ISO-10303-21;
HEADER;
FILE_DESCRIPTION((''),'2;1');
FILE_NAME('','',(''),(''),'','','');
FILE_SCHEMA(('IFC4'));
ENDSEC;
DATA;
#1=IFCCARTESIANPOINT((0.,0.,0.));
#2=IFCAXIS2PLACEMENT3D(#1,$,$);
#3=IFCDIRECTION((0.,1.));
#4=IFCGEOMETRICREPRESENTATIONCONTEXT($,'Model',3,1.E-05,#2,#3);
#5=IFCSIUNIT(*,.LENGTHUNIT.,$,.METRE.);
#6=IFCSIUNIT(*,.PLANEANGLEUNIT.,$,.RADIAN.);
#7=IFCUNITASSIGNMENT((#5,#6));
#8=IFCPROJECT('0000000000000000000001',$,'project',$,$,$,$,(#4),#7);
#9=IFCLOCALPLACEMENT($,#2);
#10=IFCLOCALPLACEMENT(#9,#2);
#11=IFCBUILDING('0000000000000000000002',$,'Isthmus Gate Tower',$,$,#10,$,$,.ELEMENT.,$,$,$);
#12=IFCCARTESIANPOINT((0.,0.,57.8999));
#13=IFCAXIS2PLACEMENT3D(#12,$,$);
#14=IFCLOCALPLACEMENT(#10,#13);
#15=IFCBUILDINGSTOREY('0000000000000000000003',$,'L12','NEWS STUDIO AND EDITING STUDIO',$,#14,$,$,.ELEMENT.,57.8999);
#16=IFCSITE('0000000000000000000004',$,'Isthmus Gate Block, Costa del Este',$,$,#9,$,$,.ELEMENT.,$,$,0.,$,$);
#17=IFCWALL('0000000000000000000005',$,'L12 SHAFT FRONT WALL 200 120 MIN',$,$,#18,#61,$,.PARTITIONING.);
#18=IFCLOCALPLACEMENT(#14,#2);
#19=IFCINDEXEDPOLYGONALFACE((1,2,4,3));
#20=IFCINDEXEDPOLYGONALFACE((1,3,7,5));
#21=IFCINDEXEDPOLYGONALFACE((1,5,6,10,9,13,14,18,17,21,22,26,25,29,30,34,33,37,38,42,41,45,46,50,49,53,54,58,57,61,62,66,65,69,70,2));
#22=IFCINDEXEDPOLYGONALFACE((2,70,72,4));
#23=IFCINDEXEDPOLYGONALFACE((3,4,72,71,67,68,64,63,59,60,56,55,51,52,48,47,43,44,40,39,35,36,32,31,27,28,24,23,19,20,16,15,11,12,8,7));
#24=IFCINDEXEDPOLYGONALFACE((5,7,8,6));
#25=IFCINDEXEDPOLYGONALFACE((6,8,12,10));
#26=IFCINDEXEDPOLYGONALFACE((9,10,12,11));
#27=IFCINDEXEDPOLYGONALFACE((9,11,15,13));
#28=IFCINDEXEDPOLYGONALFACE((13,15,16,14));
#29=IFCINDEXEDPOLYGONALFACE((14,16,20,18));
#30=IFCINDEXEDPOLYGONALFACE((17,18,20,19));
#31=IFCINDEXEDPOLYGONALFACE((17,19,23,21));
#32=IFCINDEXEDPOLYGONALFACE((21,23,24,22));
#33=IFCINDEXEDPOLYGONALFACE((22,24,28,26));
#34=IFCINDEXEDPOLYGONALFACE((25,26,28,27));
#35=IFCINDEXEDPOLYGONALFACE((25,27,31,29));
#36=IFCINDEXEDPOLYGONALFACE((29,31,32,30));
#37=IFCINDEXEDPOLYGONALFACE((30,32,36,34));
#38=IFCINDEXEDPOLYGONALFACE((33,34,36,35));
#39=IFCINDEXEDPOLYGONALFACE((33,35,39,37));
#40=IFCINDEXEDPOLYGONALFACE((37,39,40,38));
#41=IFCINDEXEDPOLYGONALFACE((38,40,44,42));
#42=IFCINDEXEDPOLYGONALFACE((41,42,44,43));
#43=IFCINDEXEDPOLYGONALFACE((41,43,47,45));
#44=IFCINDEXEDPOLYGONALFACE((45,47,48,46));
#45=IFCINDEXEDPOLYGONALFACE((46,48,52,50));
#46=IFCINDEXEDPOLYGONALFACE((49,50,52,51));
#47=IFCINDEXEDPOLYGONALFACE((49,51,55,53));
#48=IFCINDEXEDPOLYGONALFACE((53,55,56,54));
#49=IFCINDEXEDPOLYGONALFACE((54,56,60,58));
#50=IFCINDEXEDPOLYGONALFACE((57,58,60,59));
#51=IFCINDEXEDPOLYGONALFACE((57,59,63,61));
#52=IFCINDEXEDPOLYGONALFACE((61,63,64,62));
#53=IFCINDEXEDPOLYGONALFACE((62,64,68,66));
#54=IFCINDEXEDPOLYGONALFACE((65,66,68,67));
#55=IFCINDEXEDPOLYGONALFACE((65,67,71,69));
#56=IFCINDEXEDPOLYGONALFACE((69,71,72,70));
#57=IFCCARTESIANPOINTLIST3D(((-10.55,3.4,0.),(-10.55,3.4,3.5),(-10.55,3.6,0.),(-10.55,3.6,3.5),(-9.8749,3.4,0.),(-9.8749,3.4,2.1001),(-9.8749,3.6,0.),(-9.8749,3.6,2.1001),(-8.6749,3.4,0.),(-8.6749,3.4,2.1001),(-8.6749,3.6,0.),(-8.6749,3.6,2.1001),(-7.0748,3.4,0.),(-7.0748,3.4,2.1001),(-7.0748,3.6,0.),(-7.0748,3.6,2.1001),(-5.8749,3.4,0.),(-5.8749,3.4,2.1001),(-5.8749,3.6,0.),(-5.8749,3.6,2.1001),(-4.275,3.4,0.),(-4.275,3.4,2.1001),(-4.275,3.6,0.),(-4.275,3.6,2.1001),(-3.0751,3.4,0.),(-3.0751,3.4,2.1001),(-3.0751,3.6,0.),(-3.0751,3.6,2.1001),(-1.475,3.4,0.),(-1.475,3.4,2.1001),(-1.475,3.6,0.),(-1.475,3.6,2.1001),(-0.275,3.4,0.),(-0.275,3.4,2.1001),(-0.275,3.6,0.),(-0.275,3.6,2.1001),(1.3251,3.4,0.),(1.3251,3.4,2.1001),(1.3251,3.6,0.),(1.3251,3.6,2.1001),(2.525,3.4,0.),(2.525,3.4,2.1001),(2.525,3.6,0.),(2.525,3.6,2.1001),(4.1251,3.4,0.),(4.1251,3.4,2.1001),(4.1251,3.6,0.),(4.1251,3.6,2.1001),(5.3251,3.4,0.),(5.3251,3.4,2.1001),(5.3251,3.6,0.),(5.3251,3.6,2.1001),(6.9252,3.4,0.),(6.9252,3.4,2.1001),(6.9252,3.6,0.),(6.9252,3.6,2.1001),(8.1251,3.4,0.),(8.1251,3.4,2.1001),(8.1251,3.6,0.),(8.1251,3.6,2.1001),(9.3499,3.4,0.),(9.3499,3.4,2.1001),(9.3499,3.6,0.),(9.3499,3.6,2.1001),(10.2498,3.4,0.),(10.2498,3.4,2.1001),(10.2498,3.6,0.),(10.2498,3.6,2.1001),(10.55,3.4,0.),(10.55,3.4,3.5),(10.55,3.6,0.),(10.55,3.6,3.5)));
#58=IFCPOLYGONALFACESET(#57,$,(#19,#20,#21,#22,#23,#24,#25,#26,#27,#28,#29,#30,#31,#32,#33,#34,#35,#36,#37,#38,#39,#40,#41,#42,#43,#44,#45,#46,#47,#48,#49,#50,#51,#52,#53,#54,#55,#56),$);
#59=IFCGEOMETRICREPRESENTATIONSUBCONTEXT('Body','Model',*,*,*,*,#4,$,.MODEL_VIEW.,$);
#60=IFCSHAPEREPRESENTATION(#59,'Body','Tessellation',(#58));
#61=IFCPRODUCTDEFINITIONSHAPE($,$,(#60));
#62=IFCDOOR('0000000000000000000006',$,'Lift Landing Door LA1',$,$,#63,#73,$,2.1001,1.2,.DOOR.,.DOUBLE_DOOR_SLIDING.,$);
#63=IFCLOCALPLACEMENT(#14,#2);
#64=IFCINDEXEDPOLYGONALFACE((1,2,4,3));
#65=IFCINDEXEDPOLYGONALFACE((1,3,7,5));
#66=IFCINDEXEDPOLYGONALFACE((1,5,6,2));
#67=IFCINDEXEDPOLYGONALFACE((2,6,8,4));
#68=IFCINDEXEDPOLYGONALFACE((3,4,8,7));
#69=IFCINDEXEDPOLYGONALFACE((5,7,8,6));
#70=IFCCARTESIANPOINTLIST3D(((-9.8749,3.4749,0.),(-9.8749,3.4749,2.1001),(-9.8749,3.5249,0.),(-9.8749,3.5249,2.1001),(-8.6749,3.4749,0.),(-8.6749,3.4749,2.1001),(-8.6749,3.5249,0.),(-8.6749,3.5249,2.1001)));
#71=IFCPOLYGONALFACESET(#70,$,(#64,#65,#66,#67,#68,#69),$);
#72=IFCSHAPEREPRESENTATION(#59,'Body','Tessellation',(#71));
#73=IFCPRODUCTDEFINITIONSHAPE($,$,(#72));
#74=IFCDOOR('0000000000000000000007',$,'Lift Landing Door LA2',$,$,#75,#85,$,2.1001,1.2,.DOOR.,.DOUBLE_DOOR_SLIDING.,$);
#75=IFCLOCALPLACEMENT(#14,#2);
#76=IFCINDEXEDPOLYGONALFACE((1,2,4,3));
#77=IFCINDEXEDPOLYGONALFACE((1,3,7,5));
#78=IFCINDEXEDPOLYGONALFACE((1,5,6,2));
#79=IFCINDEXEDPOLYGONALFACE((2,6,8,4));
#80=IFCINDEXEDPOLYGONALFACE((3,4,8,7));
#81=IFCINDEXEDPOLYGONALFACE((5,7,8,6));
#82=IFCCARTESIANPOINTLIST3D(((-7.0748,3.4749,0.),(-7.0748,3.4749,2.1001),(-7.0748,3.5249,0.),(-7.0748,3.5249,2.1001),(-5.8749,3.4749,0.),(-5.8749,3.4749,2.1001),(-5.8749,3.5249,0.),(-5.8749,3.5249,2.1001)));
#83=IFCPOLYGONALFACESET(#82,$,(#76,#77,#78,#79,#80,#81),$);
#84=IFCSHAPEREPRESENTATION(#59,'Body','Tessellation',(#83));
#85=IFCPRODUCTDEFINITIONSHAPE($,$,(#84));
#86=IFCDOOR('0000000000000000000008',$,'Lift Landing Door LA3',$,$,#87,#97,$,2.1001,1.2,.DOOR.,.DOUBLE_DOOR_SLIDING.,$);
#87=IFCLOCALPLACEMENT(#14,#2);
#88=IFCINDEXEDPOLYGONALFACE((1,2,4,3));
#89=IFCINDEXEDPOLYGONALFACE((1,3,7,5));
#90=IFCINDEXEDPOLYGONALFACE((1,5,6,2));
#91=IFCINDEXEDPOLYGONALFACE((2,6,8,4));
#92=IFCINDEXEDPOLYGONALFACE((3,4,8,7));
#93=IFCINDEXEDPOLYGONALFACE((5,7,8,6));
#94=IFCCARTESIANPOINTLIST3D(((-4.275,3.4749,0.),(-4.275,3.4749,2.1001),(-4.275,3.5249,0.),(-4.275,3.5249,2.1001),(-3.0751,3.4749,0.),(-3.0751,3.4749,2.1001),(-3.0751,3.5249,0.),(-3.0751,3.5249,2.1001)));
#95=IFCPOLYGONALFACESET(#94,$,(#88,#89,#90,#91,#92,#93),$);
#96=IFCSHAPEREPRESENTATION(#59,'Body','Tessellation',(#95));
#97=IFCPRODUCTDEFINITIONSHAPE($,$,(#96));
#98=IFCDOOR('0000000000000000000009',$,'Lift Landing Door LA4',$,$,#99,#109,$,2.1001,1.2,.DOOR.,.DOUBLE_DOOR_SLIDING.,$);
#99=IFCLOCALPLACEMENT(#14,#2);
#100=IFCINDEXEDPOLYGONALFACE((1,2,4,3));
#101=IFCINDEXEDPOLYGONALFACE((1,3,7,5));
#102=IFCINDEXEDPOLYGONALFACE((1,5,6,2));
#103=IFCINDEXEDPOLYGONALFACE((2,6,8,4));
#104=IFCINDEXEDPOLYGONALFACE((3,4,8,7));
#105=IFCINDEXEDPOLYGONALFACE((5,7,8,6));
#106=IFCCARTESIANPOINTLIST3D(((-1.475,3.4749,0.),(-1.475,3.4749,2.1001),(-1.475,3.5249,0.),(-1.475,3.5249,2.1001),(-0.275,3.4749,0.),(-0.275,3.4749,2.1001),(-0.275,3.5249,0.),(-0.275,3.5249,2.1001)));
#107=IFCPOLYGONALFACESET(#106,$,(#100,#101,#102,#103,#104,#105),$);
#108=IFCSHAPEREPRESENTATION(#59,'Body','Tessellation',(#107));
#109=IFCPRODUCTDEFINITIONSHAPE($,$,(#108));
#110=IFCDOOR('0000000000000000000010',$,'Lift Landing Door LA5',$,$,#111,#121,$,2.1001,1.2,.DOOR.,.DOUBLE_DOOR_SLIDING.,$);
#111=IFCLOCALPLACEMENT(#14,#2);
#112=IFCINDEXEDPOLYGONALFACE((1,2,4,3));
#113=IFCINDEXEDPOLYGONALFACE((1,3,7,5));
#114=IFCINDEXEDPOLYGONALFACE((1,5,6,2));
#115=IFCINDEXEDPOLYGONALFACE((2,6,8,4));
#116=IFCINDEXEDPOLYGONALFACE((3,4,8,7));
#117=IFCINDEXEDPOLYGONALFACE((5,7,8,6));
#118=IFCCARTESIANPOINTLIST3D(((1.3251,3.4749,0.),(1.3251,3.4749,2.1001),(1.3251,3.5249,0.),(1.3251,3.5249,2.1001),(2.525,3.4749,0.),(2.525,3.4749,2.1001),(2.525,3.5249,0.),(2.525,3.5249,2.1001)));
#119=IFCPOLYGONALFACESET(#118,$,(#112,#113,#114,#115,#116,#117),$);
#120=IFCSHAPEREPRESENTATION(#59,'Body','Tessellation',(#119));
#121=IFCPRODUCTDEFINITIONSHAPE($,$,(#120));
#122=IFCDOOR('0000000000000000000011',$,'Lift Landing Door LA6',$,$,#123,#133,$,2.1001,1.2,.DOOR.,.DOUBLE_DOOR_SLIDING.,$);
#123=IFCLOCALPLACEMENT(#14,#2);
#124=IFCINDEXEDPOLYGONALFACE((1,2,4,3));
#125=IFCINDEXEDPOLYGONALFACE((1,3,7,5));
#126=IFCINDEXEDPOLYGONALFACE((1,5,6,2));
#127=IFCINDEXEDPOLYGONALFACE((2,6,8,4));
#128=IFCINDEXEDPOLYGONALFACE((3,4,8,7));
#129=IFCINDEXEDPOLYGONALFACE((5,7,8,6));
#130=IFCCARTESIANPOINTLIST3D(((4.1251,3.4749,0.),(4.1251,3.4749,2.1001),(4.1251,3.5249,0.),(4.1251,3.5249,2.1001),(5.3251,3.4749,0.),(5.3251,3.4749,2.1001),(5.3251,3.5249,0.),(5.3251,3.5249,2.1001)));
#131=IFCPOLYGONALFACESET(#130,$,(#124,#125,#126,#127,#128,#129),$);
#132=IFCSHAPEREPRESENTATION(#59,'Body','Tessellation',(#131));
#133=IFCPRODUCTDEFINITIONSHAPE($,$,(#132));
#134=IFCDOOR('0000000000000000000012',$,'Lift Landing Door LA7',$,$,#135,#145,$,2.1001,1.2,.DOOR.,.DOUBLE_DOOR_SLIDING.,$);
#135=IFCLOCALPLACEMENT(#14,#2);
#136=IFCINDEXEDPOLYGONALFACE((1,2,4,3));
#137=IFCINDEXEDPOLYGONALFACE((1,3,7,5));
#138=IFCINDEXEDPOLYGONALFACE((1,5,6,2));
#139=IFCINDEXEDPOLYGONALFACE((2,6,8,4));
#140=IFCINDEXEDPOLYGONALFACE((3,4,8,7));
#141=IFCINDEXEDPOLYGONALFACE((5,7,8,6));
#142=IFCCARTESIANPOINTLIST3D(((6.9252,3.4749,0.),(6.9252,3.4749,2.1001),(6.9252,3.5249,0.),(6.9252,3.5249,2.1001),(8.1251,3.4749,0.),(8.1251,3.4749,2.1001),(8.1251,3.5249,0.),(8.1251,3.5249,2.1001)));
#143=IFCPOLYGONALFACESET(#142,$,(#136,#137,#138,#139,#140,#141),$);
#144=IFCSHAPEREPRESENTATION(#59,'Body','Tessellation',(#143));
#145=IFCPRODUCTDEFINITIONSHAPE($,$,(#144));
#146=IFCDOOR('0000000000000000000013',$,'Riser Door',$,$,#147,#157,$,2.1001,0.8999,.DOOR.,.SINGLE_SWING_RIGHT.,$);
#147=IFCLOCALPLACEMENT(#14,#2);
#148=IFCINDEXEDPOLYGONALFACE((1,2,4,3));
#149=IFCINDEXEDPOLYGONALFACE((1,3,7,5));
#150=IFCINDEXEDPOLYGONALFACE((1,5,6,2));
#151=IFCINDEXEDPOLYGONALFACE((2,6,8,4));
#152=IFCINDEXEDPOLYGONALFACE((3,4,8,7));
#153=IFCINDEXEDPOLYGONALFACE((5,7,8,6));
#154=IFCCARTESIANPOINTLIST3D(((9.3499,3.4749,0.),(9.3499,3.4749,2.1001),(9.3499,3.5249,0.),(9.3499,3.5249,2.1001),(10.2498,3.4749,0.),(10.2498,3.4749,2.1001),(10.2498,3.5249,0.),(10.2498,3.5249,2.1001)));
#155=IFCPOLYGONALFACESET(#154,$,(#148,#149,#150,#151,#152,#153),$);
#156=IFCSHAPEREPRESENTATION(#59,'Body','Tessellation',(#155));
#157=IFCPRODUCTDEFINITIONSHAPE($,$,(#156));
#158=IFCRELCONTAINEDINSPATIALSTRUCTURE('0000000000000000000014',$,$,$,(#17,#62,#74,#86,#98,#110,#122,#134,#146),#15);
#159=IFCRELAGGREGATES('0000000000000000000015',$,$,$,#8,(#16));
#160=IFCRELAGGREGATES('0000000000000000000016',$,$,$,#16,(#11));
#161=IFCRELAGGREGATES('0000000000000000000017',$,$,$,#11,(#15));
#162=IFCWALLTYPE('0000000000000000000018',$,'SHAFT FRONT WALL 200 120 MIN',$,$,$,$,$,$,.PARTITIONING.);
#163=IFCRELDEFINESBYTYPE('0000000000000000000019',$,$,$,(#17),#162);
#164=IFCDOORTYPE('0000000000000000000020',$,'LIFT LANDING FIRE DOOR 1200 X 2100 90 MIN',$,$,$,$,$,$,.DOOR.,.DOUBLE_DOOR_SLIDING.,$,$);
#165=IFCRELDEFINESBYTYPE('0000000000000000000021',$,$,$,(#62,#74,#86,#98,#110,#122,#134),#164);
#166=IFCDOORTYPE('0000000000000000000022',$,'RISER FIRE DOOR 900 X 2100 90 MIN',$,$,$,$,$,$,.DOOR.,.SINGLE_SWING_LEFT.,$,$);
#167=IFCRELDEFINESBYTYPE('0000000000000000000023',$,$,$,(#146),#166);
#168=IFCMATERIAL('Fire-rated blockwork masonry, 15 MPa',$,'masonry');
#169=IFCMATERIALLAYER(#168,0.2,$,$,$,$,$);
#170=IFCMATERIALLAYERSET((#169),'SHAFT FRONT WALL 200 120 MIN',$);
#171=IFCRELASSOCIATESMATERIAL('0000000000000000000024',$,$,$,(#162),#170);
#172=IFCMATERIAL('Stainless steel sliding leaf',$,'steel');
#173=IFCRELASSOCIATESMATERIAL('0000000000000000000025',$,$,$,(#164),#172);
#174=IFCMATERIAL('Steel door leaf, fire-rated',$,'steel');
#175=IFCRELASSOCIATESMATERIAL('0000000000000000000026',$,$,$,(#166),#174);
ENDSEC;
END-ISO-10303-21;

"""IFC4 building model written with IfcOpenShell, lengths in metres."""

from ifc_helpers import new_model, si_unit, direction, frame, frame_2d, origin, place, context, subcontext, project, spatial, rectangle, extrude, material, layer, layer_set, type_object, element, fill, save


model = new_model("IFC4")

# Units and contexts
model_context = context("Model", 3, precision=1e-05, world=origin(), true_north=direction((0.0, 1.0)))
body_context = subcontext(model_context, "Body", "Model", "MODEL_VIEW")
ifc_project = project(units=[si_unit("LENGTHUNIT", "METRE"), si_unit("PLANEANGLEUNIT", "RADIAN")], contexts=[model_context])

# Site, building, storey
site_placement = place(None, origin())
site = spatial("IfcSite", under=ifc_project, at=site_placement, Name="Isthmus Gate Block, Costa del Este", CompositionType="ELEMENT", RefElevation=0.0)
building_placement = place(site_placement, origin())
building = spatial("IfcBuilding", under=site, at=building_placement, Name="Isthmus Gate Tower", CompositionType="ELEMENT")
storey_placement = place(building_placement, frame((0.0, 0.0, 57.8999)))
storey = spatial("IfcBuildingStorey", under=building, at=storey_placement, Name="L12", Description="NEWS STUDIO AND EDITING STUDIO", CompositionType="ELEMENT", Elevation=57.8999)

# Wall, openings, doors
ifc_material_1 = material(Name="Fire-rated blockwork masonry, 15 MPa", Category="masonry")
ifc_layer_1 = layer(ifc_material_1, 0.2)
ifc_layer_set_1 = layer_set([ifc_layer_1], Name="SHAFT FRONT WALL 200 120 MIN")
wall_type_1 = type_object("IfcWallType", Name="SHAFT FRONT WALL 200 120 MIN", PredefinedType="PARTITIONING", material=ifc_layer_set_1)
wall_1_placement = place(storey_placement, frame((-10.55, 3.5, 0.0), z_axis=(0.0, 0.0, 1.0), x_axis=(1.0, 0.0, 0.0)))
wall_1 = element("IfcWall", 1, at=wall_1_placement, inside=storey, type_object=wall_type_1, Name="L12 SHAFT FRONT WALL 200 120 MIN", PredefinedType="PARTITIONING", context=body_context, shape_type="SweptSolid", body=[
    extrude(rectangle(XDim=21.1001, YDim=0.2, at=frame_2d((10.55, 0.0))), origin(), (0.0, 0.0, 1.0), 3.5),
])
opening_1_placement = place(wall_1_placement, frame((0.675, 0.0, 0.0)))
opening_1 = element("IfcOpeningElement", 2, at=opening_1_placement, cuts=wall_1, PredefinedType="OPENING", context=body_context, shape_type="SweptSolid", body=[
    extrude(rectangle(XDim=1.2, YDim=2.1001, at=frame_2d((0.6001, 1.05))), frame((0.0, 0.1099, 0.0), z_axis=(0.0, -1.0, 0.0), x_axis=(1.0, 0.0, 0.0)), (0.0, 0.0, 1.0), 0.22),
])
opening_2_placement = place(wall_1_placement, frame((3.4751, 0.0, 0.0)))
opening_2 = element("IfcOpeningElement", 3, at=opening_2_placement, cuts=wall_1, PredefinedType="OPENING", context=body_context, shape_type="SweptSolid", body=[
    extrude(rectangle(XDim=1.2, YDim=2.1001, at=frame_2d((0.6001, 1.05))), frame((0.0, 0.1099, 0.0), z_axis=(0.0, -1.0, 0.0), x_axis=(1.0, 0.0, 0.0)), (0.0, 0.0, 1.0), 0.22),
])
opening_3_placement = place(wall_1_placement, frame((6.2749, 0.0, 0.0)))
opening_3 = element("IfcOpeningElement", 4, at=opening_3_placement, cuts=wall_1, PredefinedType="OPENING", context=body_context, shape_type="SweptSolid", body=[
    extrude(rectangle(XDim=1.2, YDim=2.1001, at=frame_2d((0.6001, 1.05))), frame((0.0, 0.1099, 0.0), z_axis=(0.0, -1.0, 0.0), x_axis=(1.0, 0.0, 0.0)), (0.0, 0.0, 1.0), 0.22),
])
opening_4_placement = place(wall_1_placement, frame((9.075, 0.0, 0.0)))
opening_4 = element("IfcOpeningElement", 5, at=opening_4_placement, cuts=wall_1, PredefinedType="OPENING", context=body_context, shape_type="SweptSolid", body=[
    extrude(rectangle(XDim=1.2, YDim=2.1001, at=frame_2d((0.6001, 1.05))), frame((0.0, 0.1099, 0.0), z_axis=(0.0, -1.0, 0.0), x_axis=(1.0, 0.0, 0.0)), (0.0, 0.0, 1.0), 0.22),
])
opening_5_placement = place(wall_1_placement, frame((11.875, 0.0, 0.0)))
opening_5 = element("IfcOpeningElement", 6, at=opening_5_placement, cuts=wall_1, PredefinedType="OPENING", context=body_context, shape_type="SweptSolid", body=[
    extrude(rectangle(XDim=1.2, YDim=2.1001, at=frame_2d((0.6001, 1.05))), frame((0.0, 0.1099, 0.0), z_axis=(0.0, -1.0, 0.0), x_axis=(1.0, 0.0, 0.0)), (0.0, 0.0, 1.0), 0.22),
])
opening_6_placement = place(wall_1_placement, frame((14.675, 0.0, 0.0)))
opening_6 = element("IfcOpeningElement", 7, at=opening_6_placement, cuts=wall_1, PredefinedType="OPENING", context=body_context, shape_type="SweptSolid", body=[
    extrude(rectangle(XDim=1.2, YDim=2.1001, at=frame_2d((0.6001, 1.05))), frame((0.0, 0.1099, 0.0), z_axis=(0.0, -1.0, 0.0), x_axis=(1.0, 0.0, 0.0)), (0.0, 0.0, 1.0), 0.22),
])
opening_7_placement = place(wall_1_placement, frame((17.4751, 0.0, 0.0)))
opening_7 = element("IfcOpeningElement", 8, at=opening_7_placement, cuts=wall_1, PredefinedType="OPENING", context=body_context, shape_type="SweptSolid", body=[
    extrude(rectangle(XDim=1.2, YDim=2.1001, at=frame_2d((0.6001, 1.05))), frame((0.0, 0.1099, 0.0), z_axis=(0.0, -1.0, 0.0), x_axis=(1.0, 0.0, 0.0)), (0.0, 0.0, 1.0), 0.22),
])
opening_8_placement = place(wall_1_placement, frame((19.8999, 0.0, 0.0)))
opening_8 = element("IfcOpeningElement", 9, at=opening_8_placement, cuts=wall_1, PredefinedType="OPENING", context=body_context, shape_type="SweptSolid", body=[
    extrude(rectangle(XDim=0.8999, YDim=2.1001, at=frame_2d((0.45, 1.05))), frame((0.0, 0.1099, 0.0), z_axis=(0.0, -1.0, 0.0), x_axis=(1.0, 0.0, 0.0)), (0.0, 0.0, 1.0), 0.22),
])
ifc_material_2 = material(Name="Stainless steel sliding leaf", Category="steel")
door_type_1 = type_object("IfcDoorType", Name="LIFT LANDING FIRE DOOR 1200 X 2100 90 MIN", OperationType="DOUBLE_DOOR_SLIDING", PredefinedType="DOOR", material=ifc_material_2)
door_1_placement = place(opening_1_placement, origin())
door_1 = element("IfcDoor", 10, at=door_1_placement, inside=storey, type_object=door_type_1, Name="Lift Landing Door LA1", OperationType="DOUBLE_DOOR_SLIDING", OverallHeight=2.1001, OverallWidth=1.2, PredefinedType="DOOR", context=body_context, shape_type="SweptSolid", body=[
    extrude(rectangle(XDim=1.2, YDim=2.1001, at=frame_2d((0.6001, 1.05))), frame((0.0, 0.0249, 0.0), z_axis=(0.0, -1.0, 0.0), x_axis=(1.0, 0.0, 0.0)), (0.0, 0.0, 1.0), 0.05),
])
fill(opening_1, door_1)
door_2_placement = place(opening_2_placement, origin())
door_2 = element("IfcDoor", 11, at=door_2_placement, inside=storey, type_object=door_type_1, Name="Lift Landing Door LA2", OperationType="DOUBLE_DOOR_SLIDING", OverallHeight=2.1001, OverallWidth=1.2, PredefinedType="DOOR", context=body_context, shape_type="SweptSolid", body=[
    extrude(rectangle(XDim=1.2, YDim=2.1001, at=frame_2d((0.6001, 1.05))), frame((0.0, 0.0249, 0.0), z_axis=(0.0, -1.0, 0.0), x_axis=(1.0, 0.0, 0.0)), (0.0, 0.0, 1.0), 0.05),
])
fill(opening_2, door_2)
door_3_placement = place(opening_3_placement, origin())
door_3 = element("IfcDoor", 12, at=door_3_placement, inside=storey, type_object=door_type_1, Name="Lift Landing Door LA3", OperationType="DOUBLE_DOOR_SLIDING", OverallHeight=2.1001, OverallWidth=1.2, PredefinedType="DOOR", context=body_context, shape_type="SweptSolid", body=[
    extrude(rectangle(XDim=1.2, YDim=2.1001, at=frame_2d((0.6001, 1.05))), frame((0.0, 0.0249, 0.0), z_axis=(0.0, -1.0, 0.0), x_axis=(1.0, 0.0, 0.0)), (0.0, 0.0, 1.0), 0.05),
])
fill(opening_3, door_3)
door_4_placement = place(opening_4_placement, origin())
door_4 = element("IfcDoor", 13, at=door_4_placement, inside=storey, type_object=door_type_1, Name="Lift Landing Door LA4", OperationType="DOUBLE_DOOR_SLIDING", OverallHeight=2.1001, OverallWidth=1.2, PredefinedType="DOOR", context=body_context, shape_type="SweptSolid", body=[
    extrude(rectangle(XDim=1.2, YDim=2.1001, at=frame_2d((0.6001, 1.05))), frame((0.0, 0.0249, 0.0), z_axis=(0.0, -1.0, 0.0), x_axis=(1.0, 0.0, 0.0)), (0.0, 0.0, 1.0), 0.05),
])
fill(opening_4, door_4)
door_5_placement = place(opening_5_placement, origin())
door_5 = element("IfcDoor", 14, at=door_5_placement, inside=storey, type_object=door_type_1, Name="Lift Landing Door LA5", OperationType="DOUBLE_DOOR_SLIDING", OverallHeight=2.1001, OverallWidth=1.2, PredefinedType="DOOR", context=body_context, shape_type="SweptSolid", body=[
    extrude(rectangle(XDim=1.2, YDim=2.1001, at=frame_2d((0.6001, 1.05))), frame((0.0, 0.0249, 0.0), z_axis=(0.0, -1.0, 0.0), x_axis=(1.0, 0.0, 0.0)), (0.0, 0.0, 1.0), 0.05),
])
fill(opening_5, door_5)
door_6_placement = place(opening_6_placement, origin())
door_6 = element("IfcDoor", 15, at=door_6_placement, inside=storey, type_object=door_type_1, Name="Lift Landing Door LA6", OperationType="DOUBLE_DOOR_SLIDING", OverallHeight=2.1001, OverallWidth=1.2, PredefinedType="DOOR", context=body_context, shape_type="SweptSolid", body=[
    extrude(rectangle(XDim=1.2, YDim=2.1001, at=frame_2d((0.6001, 1.05))), frame((0.0, 0.0249, 0.0), z_axis=(0.0, -1.0, 0.0), x_axis=(1.0, 0.0, 0.0)), (0.0, 0.0, 1.0), 0.05),
])
fill(opening_6, door_6)
door_7_placement = place(opening_7_placement, origin())
door_7 = element("IfcDoor", 16, at=door_7_placement, inside=storey, type_object=door_type_1, Name="Lift Landing Door LA7", OperationType="DOUBLE_DOOR_SLIDING", OverallHeight=2.1001, OverallWidth=1.2, PredefinedType="DOOR", context=body_context, shape_type="SweptSolid", body=[
    extrude(rectangle(XDim=1.2, YDim=2.1001, at=frame_2d((0.6001, 1.05))), frame((0.0, 0.0249, 0.0), z_axis=(0.0, -1.0, 0.0), x_axis=(1.0, 0.0, 0.0)), (0.0, 0.0, 1.0), 0.05),
])
fill(opening_7, door_7)
ifc_material_3 = material(Name="Steel door leaf, fire-rated", Category="steel")
door_type_2 = type_object("IfcDoorType", Name="RISER FIRE DOOR 900 X 2100 90 MIN", OperationType="SINGLE_SWING_LEFT", PredefinedType="DOOR", material=ifc_material_3)
door_8_placement = place(opening_8_placement, origin())
door_8 = element("IfcDoor", 17, at=door_8_placement, inside=storey, type_object=door_type_2, Name="Riser Door", OperationType="SINGLE_SWING_RIGHT", OverallHeight=2.1001, OverallWidth=0.8999, PredefinedType="DOOR", context=body_context, shape_type="SweptSolid", body=[
    extrude(rectangle(XDim=0.8999, YDim=2.1001, at=frame_2d((0.45, 1.05))), frame((0.0, 0.0249, 0.0), z_axis=(0.0, -1.0, 0.0), x_axis=(1.0, 0.0, 0.0)), (0.0, 0.0, 1.0), 0.05),
])
fill(opening_8, door_8)

save(model, "model.ifc")
